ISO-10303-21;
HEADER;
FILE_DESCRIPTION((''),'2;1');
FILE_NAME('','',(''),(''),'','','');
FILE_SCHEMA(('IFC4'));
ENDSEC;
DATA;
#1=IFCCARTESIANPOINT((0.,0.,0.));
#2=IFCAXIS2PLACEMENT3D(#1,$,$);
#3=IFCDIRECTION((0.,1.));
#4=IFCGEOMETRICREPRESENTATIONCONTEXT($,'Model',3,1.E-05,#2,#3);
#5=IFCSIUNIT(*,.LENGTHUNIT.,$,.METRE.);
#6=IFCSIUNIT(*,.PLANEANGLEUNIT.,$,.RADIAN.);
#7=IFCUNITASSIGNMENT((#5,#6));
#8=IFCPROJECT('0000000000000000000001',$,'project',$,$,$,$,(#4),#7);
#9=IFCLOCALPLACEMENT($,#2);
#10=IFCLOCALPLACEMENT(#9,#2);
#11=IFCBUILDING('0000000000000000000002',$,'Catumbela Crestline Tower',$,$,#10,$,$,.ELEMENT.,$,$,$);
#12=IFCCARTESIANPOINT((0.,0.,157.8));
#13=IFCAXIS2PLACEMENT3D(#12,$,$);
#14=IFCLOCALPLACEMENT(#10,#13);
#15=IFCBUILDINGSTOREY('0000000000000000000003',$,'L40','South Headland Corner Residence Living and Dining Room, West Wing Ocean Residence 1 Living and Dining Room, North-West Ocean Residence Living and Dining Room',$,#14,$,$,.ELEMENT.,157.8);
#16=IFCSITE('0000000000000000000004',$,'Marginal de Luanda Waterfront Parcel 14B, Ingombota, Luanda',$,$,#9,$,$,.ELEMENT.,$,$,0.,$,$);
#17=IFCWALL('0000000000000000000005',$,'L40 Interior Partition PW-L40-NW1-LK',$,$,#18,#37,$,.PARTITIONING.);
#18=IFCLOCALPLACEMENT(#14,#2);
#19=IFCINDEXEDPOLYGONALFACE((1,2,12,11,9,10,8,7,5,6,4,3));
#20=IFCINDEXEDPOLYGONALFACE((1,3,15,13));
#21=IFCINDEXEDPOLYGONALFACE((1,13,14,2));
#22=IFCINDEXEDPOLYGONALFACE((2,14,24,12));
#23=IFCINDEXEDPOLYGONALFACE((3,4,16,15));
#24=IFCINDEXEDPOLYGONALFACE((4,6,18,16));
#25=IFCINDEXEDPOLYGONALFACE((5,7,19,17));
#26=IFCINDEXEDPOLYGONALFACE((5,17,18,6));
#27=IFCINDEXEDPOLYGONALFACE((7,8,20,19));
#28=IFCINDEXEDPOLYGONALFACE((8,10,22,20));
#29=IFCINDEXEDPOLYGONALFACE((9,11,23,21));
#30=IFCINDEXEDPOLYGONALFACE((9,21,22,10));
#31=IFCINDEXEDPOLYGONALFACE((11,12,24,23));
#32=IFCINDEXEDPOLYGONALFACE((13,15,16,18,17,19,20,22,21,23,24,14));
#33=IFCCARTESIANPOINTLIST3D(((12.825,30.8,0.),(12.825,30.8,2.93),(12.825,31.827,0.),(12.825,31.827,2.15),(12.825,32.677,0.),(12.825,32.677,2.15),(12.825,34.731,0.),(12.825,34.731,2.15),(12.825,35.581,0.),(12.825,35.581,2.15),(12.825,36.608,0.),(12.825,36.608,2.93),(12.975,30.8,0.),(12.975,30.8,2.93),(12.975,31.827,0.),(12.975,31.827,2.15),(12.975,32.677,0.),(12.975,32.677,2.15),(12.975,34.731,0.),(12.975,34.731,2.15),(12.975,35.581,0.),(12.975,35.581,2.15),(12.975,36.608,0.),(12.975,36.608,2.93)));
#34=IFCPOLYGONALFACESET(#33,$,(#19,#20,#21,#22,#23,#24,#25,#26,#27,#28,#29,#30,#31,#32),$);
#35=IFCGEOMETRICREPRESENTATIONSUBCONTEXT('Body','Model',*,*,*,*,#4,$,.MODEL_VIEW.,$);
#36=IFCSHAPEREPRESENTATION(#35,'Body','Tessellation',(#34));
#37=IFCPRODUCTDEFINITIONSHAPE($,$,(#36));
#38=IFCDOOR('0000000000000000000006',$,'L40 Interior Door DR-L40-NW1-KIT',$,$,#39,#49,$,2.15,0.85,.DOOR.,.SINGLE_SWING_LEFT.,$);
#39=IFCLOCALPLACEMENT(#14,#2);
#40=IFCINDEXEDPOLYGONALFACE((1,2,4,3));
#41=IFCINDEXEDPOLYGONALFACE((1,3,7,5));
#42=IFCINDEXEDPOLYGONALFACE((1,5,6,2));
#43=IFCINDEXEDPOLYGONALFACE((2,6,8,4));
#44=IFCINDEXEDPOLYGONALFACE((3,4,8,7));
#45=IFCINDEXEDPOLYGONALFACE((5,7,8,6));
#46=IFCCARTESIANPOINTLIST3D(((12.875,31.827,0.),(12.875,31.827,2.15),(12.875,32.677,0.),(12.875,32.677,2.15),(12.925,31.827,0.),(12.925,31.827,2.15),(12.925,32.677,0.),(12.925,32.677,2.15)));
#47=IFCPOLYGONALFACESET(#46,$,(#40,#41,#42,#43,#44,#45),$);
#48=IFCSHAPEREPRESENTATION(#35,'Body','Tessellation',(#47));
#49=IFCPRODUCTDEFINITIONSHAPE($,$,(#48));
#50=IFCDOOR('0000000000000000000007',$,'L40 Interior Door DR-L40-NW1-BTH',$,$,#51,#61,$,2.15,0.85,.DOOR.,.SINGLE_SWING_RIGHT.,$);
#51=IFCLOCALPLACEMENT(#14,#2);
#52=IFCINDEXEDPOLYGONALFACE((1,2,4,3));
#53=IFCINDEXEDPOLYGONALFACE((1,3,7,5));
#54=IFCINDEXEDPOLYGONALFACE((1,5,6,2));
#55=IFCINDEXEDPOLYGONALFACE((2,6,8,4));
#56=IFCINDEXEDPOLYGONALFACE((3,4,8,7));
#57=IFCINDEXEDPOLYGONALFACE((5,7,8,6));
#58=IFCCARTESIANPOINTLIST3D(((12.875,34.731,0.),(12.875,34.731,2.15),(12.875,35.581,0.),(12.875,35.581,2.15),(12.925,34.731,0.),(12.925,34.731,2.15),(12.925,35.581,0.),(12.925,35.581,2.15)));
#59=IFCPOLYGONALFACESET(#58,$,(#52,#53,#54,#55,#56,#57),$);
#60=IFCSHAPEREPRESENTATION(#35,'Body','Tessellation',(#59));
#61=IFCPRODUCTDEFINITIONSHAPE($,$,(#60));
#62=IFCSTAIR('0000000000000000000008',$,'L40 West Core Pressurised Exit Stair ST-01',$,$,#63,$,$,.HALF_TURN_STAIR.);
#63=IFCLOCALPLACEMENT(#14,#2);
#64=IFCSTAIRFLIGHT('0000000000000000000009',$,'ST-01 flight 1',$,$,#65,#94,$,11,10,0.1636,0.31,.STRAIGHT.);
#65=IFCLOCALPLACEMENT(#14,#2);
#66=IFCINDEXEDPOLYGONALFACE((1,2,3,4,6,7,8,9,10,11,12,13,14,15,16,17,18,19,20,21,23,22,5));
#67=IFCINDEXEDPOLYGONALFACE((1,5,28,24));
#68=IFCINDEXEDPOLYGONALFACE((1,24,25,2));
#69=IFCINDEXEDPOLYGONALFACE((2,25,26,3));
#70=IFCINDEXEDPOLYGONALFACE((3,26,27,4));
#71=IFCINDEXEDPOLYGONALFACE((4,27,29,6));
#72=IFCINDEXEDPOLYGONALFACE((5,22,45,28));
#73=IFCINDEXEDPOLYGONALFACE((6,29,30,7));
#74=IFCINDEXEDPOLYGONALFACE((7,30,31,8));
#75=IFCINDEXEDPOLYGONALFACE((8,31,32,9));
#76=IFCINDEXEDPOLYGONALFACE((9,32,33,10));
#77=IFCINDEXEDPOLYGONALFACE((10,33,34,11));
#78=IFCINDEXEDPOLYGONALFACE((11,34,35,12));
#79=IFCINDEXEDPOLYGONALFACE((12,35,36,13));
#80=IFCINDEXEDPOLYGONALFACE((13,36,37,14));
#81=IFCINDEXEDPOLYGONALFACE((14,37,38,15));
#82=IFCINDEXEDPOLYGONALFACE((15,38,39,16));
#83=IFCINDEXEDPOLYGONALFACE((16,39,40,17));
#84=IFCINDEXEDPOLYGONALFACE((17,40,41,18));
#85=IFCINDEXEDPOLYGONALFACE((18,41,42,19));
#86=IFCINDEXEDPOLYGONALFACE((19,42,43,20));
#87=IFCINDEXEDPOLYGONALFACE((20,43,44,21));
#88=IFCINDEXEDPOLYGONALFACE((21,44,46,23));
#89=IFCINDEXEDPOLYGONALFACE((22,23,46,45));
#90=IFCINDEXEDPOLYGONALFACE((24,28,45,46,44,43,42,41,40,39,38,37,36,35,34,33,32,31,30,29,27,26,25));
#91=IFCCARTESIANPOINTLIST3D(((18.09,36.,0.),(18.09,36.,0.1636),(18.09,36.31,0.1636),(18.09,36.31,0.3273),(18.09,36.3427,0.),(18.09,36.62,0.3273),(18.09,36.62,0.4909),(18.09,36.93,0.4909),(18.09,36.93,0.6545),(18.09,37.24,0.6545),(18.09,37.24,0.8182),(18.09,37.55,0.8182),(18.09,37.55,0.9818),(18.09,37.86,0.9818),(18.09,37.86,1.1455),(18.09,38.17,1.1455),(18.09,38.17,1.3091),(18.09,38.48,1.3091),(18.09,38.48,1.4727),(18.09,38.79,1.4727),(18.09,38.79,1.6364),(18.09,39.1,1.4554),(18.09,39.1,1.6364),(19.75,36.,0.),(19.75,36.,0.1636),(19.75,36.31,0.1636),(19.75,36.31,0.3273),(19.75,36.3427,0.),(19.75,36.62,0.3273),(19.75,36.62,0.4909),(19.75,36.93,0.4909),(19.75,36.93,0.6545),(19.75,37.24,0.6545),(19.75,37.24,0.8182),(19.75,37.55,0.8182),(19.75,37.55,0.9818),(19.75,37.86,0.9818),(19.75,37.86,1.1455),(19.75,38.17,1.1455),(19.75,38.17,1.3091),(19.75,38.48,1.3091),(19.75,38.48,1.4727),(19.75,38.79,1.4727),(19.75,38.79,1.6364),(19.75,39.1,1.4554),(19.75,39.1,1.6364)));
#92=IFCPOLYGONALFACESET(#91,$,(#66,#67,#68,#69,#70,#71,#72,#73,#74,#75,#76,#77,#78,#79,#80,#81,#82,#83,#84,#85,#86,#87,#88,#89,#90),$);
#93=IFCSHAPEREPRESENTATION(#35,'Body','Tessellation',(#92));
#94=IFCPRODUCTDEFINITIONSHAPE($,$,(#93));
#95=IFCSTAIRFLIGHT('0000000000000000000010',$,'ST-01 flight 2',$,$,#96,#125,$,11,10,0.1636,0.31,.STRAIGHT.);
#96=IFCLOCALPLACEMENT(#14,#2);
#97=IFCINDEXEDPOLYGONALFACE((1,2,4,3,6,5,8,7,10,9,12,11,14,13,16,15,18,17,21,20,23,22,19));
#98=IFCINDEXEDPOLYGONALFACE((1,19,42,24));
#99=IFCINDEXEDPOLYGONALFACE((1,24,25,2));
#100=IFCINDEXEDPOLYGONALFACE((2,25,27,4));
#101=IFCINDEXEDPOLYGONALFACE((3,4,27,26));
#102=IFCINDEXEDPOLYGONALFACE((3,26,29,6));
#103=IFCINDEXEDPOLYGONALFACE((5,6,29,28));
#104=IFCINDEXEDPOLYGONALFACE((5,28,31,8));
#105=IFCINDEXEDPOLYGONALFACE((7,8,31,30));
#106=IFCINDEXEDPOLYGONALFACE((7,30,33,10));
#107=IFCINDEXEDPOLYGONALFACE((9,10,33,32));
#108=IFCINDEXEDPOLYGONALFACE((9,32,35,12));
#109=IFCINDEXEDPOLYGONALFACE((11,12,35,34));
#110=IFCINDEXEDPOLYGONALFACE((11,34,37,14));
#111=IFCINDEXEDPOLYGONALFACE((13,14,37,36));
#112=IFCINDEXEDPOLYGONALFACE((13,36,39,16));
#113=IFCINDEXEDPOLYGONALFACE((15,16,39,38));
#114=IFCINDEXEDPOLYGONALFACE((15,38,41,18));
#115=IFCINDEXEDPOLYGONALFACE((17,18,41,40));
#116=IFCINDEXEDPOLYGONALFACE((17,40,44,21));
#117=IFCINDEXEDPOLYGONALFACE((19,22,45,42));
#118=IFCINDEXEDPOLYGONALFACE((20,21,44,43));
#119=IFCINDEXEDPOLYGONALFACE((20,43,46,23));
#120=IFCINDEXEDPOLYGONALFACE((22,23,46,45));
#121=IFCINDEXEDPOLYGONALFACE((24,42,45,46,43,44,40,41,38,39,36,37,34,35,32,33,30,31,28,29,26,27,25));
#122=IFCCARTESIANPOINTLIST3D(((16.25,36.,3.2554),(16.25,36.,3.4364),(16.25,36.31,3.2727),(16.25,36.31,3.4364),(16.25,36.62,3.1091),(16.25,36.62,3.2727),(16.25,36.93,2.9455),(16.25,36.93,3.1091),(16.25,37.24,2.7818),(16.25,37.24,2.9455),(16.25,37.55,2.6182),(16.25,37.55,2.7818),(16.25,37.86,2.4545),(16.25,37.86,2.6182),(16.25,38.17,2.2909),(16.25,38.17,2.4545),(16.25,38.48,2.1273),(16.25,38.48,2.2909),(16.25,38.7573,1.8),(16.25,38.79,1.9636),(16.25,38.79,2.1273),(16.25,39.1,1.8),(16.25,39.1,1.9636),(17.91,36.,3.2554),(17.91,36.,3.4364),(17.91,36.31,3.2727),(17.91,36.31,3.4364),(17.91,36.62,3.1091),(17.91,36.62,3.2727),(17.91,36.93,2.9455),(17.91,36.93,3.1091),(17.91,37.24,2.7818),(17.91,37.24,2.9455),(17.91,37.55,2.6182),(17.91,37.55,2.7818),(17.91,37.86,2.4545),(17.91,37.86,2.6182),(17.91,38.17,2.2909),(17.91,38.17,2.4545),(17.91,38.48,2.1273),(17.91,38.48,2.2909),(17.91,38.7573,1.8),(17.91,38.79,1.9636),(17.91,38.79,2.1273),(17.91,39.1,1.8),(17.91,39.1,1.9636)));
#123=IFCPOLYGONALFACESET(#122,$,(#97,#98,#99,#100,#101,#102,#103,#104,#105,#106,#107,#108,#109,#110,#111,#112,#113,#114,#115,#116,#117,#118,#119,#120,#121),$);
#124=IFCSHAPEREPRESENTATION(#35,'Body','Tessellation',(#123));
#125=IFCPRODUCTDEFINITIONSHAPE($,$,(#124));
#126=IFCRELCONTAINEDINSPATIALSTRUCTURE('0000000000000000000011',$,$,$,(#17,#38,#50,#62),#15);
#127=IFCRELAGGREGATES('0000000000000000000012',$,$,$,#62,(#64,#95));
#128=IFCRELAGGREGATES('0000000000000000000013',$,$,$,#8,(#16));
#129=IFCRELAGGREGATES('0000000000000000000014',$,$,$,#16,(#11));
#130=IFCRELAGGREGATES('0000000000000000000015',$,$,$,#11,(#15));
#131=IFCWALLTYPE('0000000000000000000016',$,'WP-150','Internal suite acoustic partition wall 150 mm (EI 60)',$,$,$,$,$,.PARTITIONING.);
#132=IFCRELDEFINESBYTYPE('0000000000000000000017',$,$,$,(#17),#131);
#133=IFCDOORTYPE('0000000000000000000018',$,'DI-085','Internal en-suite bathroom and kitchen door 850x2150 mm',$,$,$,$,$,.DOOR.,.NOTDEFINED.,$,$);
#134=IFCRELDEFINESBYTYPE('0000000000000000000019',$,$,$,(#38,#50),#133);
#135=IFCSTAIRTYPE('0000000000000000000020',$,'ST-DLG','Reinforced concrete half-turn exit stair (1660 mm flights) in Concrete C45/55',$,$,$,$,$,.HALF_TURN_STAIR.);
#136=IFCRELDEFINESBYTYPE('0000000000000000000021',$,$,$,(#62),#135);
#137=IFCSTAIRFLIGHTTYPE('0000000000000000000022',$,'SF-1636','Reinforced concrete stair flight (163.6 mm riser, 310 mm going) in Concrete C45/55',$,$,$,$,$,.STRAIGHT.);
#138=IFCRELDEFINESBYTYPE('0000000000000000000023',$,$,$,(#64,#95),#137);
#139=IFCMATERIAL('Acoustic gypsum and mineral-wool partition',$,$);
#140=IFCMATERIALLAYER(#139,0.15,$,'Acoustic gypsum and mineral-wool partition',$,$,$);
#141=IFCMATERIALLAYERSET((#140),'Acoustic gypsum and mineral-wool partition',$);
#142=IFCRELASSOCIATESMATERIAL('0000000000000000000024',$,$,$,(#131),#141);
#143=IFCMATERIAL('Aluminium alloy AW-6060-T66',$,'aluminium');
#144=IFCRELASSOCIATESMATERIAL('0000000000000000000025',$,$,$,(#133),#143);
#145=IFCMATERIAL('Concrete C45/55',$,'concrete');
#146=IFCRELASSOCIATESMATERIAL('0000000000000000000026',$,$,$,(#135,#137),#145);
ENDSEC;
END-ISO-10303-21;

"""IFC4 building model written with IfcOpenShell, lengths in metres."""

from ifc_helpers import new_model, si_unit, direction, frame, frame_2d, origin, place, context, subcontext, project, spatial, polyline, rectangle, outline, extrude, material, layer, layer_set, type_object, element, fill, aggregate, save


model = new_model("IFC4")

# Units and contexts
model_context = context("Model", 3, precision=1e-05, world=origin(), true_north=direction((0.0, 1.0)))
body_context = subcontext(model_context, "Body", "Model", "MODEL_VIEW")
ifc_project = project(units=[si_unit("LENGTHUNIT", "METRE"), si_unit("PLANEANGLEUNIT", "RADIAN")], contexts=[model_context])

# Site, building, storey
site_placement = place(None, origin())
site = spatial("IfcSite", under=ifc_project, at=site_placement, Name="Marginal de Luanda Waterfront Parcel 14B, Ingombota, Luanda", CompositionType="ELEMENT", RefElevation=0.0)
building_placement = place(site_placement, origin())
building = spatial("IfcBuilding", under=site, at=building_placement, Name="Catumbela Crestline Tower", CompositionType="ELEMENT")
storey_placement = place(building_placement, frame((0.0, 0.0, 157.8)))
storey = spatial("IfcBuildingStorey", under=building, at=storey_placement, Name="L40", Description="South Headland Corner Residence Living and Dining Room, West Wing Ocean Residence 1 Living and Dining Room, North-West Ocean Residence Living and Dining Room", CompositionType="ELEMENT", Elevation=157.8)

# Shared definitions
ifc_material_1 = material(Name="Aluminium alloy AW-6060-T66", Category="aluminium")

# Shared definitions
ifc_material_2 = material(Name="Acoustic gypsum and mineral-wool partition")
ifc_layer_1 = layer(ifc_material_2, 0.15, Name="Acoustic gypsum and mineral-wool partition")
ifc_layer_set_1 = layer_set([ifc_layer_1], Name="Acoustic gypsum and mineral-wool partition")
wall_type_1 = type_object("IfcWallType", Name="WP-150", Description="Internal suite acoustic partition wall 150 mm (EI 60)", PredefinedType="PARTITIONING", material=ifc_layer_set_1)

# Wall, openings, doors
wall_1_placement = place(storey_placement, frame((12.9, 30.8, 0.0), z_axis=(0.0, 0.0, 1.0), x_axis=(0.0, 1.0, 0.0)))
wall_1 = element("IfcWall", 1, at=wall_1_placement, inside=storey, type_object=wall_type_1, Name="L40 Interior Partition PW-L40-NW1-LK", PredefinedType="PARTITIONING", context=body_context, shape_type="SweptSolid", body=[
    extrude(rectangle(XDim=5.808, YDim=0.15, at=frame_2d((2.904, 0.0))), origin(), (0.0, 0.0, 1.0), 2.93),
])
opening_1_placement = place(wall_1_placement, frame((1.027, 0.0, 0.0)))
opening_1 = element("IfcOpeningElement", 2, at=opening_1_placement, cuts=wall_1, PredefinedType="OPENING", context=body_context, shape_type="SweptSolid", body=[
    extrude(rectangle(XDim=0.85, YDim=2.15, at=frame_2d((0.425, 1.075))), frame((0.0, 0.085, 0.0), z_axis=(0.0, -1.0, 0.0), x_axis=(1.0, 0.0, 0.0)), (0.0, 0.0, 1.0), 0.17),
])
opening_2_placement = place(wall_1_placement, frame((3.931, 0.0, 0.0)))
opening_2 = element("IfcOpeningElement", 3, at=opening_2_placement, cuts=wall_1, PredefinedType="OPENING", context=body_context, shape_type="SweptSolid", body=[
    extrude(rectangle(XDim=0.85, YDim=2.15, at=frame_2d((0.425, 1.075))), frame((0.0, 0.085, 0.0), z_axis=(0.0, -1.0, 0.0), x_axis=(1.0, 0.0, 0.0)), (0.0, 0.0, 1.0), 0.17),
])
door_type_1 = type_object("IfcDoorType", Name="DI-085", Description="Internal en-suite bathroom and kitchen door 850x2150 mm", OperationType="NOTDEFINED", PredefinedType="DOOR", material=ifc_material_1)
door_1_placement = place(opening_1_placement, origin())
door_1 = element("IfcDoor", 4, at=door_1_placement, inside=storey, type_object=door_type_1, Name="L40 Interior Door DR-L40-NW1-KIT", OperationType="SINGLE_SWING_LEFT", OverallHeight=2.15, OverallWidth=0.85, PredefinedType="DOOR", context=body_context, shape_type="SweptSolid", body=[
    extrude(rectangle(XDim=0.85, YDim=2.15, at=frame_2d((0.425, 1.075))), frame((0.0, 0.025, 0.0), z_axis=(0.0, -1.0, 0.0), x_axis=(1.0, 0.0, 0.0)), (0.0, 0.0, 1.0), 0.05),
])
fill(opening_1, door_1)
door_2_placement = place(opening_2_placement, origin())
door_2 = element("IfcDoor", 5, at=door_2_placement, inside=storey, type_object=door_type_1, Name="L40 Interior Door DR-L40-NW1-BTH", OperationType="SINGLE_SWING_RIGHT", OverallHeight=2.15, OverallWidth=0.85, PredefinedType="DOOR", context=body_context, shape_type="SweptSolid", body=[
    extrude(rectangle(XDim=0.85, YDim=2.15, at=frame_2d((0.425, 1.075))), frame((0.0, 0.025, 0.0), z_axis=(0.0, -1.0, 0.0), x_axis=(1.0, 0.0, 0.0)), (0.0, 0.0, 1.0), 0.05),
])
fill(opening_2, door_2)

# Stair, stair flights
ifc_material_3 = material(Name="Concrete C45/55", Category="concrete")
stair_type = type_object("IfcStairType", Name="ST-DLG", Description="Reinforced concrete half-turn exit stair (1660 mm flights) in Concrete C45/55", PredefinedType="HALF_TURN_STAIR", material=ifc_material_3)
stair_placement = place(storey_placement, origin())
stair = element("IfcStair", 6, at=stair_placement, inside=storey, type_object=stair_type, Name="L40 West Core Pressurised Exit Stair ST-01", PredefinedType="HALF_TURN_STAIR")
stair_flight_type = type_object("IfcStairFlightType", Name="SF-1636", Description="Reinforced concrete stair flight (163.6 mm riser, 310 mm going) in Concrete C45/55", PredefinedType="STRAIGHT", material=ifc_material_3)
stair_flight_1_placement = place(storey_placement, frame((18.92, 36.0, 0.0), z_axis=(0.0, 0.0, 1.0), x_axis=(0.0, 1.0, 0.0)))
stair_flight_1 = element("IfcStairFlight", 7, at=stair_flight_1_placement, type_object=stair_flight_type, Name="ST-01 flight 1", NumberOfRisers=11, NumberOfTreads=10, PredefinedType="STRAIGHT", RiserHeight=0.1636, TreadLength=0.31, context=body_context, shape_type="SweptSolid", body=[
    extrude(outline(polyline([(0.0, 0.0), (0.0, 0.1636), (0.31, 0.1636), (0.31, 0.3273), (0.62, 0.3273), (0.62, 0.4909), (0.93, 0.4909), (0.93, 0.6545), (1.24, 0.6545), (1.24, 0.8182), (1.55, 0.8182), (1.55, 0.9818), (1.86, 0.9818), (1.86, 1.1455), (2.17, 1.1455), (2.17, 1.3091), (2.48, 1.3091), (2.48, 1.4727), (2.79, 1.4727), (2.79, 1.6364), (3.1, 1.6364), (3.1, 1.8), (3.1, 1.4554), (0.3427, 0.0), (0.0, 0.0)])), frame((0.0, 0.83, 0.0), z_axis=(0.0, -1.0, 0.0), x_axis=(1.0, 0.0, 0.0)), (0.0, 0.0, 1.0), 1.66),
])
stair_flight_2_placement = place(storey_placement, frame((17.08, 39.1, 1.8), z_axis=(0.0, 0.0, 1.0), x_axis=(0.0, -1.0, 0.0)))
stair_flight_2 = element("IfcStairFlight", 8, at=stair_flight_2_placement, type_object=stair_flight_type, Name="ST-01 flight 2", NumberOfRisers=11, NumberOfTreads=10, PredefinedType="STRAIGHT", RiserHeight=0.1636, TreadLength=0.31, context=body_context, shape_type="SweptSolid", body=[
    extrude(outline(polyline([(0.0, 0.0), (0.0, 0.1636), (0.31, 0.1636), (0.31, 0.3273), (0.62, 0.3273), (0.62, 0.4909), (0.93, 0.4909), (0.93, 0.6545), (1.24, 0.6545), (1.24, 0.8182), (1.55, 0.8182), (1.55, 0.9818), (1.86, 0.9818), (1.86, 1.1455), (2.17, 1.1455), (2.17, 1.3091), (2.48, 1.3091), (2.48, 1.4727), (2.79, 1.4727), (2.79, 1.6364), (3.1, 1.6364), (3.1, 1.8), (3.1, 1.4554), (0.3427, 0.0), (0.0, 0.0)])), frame((0.0, 0.83, 0.0), z_axis=(0.0, -1.0, 0.0), x_axis=(1.0, 0.0, 0.0)), (0.0, 0.0, 1.0), 1.66),
])
aggregate(stair, [stair_flight_1, stair_flight_2])

save(model, "model.ifc")
